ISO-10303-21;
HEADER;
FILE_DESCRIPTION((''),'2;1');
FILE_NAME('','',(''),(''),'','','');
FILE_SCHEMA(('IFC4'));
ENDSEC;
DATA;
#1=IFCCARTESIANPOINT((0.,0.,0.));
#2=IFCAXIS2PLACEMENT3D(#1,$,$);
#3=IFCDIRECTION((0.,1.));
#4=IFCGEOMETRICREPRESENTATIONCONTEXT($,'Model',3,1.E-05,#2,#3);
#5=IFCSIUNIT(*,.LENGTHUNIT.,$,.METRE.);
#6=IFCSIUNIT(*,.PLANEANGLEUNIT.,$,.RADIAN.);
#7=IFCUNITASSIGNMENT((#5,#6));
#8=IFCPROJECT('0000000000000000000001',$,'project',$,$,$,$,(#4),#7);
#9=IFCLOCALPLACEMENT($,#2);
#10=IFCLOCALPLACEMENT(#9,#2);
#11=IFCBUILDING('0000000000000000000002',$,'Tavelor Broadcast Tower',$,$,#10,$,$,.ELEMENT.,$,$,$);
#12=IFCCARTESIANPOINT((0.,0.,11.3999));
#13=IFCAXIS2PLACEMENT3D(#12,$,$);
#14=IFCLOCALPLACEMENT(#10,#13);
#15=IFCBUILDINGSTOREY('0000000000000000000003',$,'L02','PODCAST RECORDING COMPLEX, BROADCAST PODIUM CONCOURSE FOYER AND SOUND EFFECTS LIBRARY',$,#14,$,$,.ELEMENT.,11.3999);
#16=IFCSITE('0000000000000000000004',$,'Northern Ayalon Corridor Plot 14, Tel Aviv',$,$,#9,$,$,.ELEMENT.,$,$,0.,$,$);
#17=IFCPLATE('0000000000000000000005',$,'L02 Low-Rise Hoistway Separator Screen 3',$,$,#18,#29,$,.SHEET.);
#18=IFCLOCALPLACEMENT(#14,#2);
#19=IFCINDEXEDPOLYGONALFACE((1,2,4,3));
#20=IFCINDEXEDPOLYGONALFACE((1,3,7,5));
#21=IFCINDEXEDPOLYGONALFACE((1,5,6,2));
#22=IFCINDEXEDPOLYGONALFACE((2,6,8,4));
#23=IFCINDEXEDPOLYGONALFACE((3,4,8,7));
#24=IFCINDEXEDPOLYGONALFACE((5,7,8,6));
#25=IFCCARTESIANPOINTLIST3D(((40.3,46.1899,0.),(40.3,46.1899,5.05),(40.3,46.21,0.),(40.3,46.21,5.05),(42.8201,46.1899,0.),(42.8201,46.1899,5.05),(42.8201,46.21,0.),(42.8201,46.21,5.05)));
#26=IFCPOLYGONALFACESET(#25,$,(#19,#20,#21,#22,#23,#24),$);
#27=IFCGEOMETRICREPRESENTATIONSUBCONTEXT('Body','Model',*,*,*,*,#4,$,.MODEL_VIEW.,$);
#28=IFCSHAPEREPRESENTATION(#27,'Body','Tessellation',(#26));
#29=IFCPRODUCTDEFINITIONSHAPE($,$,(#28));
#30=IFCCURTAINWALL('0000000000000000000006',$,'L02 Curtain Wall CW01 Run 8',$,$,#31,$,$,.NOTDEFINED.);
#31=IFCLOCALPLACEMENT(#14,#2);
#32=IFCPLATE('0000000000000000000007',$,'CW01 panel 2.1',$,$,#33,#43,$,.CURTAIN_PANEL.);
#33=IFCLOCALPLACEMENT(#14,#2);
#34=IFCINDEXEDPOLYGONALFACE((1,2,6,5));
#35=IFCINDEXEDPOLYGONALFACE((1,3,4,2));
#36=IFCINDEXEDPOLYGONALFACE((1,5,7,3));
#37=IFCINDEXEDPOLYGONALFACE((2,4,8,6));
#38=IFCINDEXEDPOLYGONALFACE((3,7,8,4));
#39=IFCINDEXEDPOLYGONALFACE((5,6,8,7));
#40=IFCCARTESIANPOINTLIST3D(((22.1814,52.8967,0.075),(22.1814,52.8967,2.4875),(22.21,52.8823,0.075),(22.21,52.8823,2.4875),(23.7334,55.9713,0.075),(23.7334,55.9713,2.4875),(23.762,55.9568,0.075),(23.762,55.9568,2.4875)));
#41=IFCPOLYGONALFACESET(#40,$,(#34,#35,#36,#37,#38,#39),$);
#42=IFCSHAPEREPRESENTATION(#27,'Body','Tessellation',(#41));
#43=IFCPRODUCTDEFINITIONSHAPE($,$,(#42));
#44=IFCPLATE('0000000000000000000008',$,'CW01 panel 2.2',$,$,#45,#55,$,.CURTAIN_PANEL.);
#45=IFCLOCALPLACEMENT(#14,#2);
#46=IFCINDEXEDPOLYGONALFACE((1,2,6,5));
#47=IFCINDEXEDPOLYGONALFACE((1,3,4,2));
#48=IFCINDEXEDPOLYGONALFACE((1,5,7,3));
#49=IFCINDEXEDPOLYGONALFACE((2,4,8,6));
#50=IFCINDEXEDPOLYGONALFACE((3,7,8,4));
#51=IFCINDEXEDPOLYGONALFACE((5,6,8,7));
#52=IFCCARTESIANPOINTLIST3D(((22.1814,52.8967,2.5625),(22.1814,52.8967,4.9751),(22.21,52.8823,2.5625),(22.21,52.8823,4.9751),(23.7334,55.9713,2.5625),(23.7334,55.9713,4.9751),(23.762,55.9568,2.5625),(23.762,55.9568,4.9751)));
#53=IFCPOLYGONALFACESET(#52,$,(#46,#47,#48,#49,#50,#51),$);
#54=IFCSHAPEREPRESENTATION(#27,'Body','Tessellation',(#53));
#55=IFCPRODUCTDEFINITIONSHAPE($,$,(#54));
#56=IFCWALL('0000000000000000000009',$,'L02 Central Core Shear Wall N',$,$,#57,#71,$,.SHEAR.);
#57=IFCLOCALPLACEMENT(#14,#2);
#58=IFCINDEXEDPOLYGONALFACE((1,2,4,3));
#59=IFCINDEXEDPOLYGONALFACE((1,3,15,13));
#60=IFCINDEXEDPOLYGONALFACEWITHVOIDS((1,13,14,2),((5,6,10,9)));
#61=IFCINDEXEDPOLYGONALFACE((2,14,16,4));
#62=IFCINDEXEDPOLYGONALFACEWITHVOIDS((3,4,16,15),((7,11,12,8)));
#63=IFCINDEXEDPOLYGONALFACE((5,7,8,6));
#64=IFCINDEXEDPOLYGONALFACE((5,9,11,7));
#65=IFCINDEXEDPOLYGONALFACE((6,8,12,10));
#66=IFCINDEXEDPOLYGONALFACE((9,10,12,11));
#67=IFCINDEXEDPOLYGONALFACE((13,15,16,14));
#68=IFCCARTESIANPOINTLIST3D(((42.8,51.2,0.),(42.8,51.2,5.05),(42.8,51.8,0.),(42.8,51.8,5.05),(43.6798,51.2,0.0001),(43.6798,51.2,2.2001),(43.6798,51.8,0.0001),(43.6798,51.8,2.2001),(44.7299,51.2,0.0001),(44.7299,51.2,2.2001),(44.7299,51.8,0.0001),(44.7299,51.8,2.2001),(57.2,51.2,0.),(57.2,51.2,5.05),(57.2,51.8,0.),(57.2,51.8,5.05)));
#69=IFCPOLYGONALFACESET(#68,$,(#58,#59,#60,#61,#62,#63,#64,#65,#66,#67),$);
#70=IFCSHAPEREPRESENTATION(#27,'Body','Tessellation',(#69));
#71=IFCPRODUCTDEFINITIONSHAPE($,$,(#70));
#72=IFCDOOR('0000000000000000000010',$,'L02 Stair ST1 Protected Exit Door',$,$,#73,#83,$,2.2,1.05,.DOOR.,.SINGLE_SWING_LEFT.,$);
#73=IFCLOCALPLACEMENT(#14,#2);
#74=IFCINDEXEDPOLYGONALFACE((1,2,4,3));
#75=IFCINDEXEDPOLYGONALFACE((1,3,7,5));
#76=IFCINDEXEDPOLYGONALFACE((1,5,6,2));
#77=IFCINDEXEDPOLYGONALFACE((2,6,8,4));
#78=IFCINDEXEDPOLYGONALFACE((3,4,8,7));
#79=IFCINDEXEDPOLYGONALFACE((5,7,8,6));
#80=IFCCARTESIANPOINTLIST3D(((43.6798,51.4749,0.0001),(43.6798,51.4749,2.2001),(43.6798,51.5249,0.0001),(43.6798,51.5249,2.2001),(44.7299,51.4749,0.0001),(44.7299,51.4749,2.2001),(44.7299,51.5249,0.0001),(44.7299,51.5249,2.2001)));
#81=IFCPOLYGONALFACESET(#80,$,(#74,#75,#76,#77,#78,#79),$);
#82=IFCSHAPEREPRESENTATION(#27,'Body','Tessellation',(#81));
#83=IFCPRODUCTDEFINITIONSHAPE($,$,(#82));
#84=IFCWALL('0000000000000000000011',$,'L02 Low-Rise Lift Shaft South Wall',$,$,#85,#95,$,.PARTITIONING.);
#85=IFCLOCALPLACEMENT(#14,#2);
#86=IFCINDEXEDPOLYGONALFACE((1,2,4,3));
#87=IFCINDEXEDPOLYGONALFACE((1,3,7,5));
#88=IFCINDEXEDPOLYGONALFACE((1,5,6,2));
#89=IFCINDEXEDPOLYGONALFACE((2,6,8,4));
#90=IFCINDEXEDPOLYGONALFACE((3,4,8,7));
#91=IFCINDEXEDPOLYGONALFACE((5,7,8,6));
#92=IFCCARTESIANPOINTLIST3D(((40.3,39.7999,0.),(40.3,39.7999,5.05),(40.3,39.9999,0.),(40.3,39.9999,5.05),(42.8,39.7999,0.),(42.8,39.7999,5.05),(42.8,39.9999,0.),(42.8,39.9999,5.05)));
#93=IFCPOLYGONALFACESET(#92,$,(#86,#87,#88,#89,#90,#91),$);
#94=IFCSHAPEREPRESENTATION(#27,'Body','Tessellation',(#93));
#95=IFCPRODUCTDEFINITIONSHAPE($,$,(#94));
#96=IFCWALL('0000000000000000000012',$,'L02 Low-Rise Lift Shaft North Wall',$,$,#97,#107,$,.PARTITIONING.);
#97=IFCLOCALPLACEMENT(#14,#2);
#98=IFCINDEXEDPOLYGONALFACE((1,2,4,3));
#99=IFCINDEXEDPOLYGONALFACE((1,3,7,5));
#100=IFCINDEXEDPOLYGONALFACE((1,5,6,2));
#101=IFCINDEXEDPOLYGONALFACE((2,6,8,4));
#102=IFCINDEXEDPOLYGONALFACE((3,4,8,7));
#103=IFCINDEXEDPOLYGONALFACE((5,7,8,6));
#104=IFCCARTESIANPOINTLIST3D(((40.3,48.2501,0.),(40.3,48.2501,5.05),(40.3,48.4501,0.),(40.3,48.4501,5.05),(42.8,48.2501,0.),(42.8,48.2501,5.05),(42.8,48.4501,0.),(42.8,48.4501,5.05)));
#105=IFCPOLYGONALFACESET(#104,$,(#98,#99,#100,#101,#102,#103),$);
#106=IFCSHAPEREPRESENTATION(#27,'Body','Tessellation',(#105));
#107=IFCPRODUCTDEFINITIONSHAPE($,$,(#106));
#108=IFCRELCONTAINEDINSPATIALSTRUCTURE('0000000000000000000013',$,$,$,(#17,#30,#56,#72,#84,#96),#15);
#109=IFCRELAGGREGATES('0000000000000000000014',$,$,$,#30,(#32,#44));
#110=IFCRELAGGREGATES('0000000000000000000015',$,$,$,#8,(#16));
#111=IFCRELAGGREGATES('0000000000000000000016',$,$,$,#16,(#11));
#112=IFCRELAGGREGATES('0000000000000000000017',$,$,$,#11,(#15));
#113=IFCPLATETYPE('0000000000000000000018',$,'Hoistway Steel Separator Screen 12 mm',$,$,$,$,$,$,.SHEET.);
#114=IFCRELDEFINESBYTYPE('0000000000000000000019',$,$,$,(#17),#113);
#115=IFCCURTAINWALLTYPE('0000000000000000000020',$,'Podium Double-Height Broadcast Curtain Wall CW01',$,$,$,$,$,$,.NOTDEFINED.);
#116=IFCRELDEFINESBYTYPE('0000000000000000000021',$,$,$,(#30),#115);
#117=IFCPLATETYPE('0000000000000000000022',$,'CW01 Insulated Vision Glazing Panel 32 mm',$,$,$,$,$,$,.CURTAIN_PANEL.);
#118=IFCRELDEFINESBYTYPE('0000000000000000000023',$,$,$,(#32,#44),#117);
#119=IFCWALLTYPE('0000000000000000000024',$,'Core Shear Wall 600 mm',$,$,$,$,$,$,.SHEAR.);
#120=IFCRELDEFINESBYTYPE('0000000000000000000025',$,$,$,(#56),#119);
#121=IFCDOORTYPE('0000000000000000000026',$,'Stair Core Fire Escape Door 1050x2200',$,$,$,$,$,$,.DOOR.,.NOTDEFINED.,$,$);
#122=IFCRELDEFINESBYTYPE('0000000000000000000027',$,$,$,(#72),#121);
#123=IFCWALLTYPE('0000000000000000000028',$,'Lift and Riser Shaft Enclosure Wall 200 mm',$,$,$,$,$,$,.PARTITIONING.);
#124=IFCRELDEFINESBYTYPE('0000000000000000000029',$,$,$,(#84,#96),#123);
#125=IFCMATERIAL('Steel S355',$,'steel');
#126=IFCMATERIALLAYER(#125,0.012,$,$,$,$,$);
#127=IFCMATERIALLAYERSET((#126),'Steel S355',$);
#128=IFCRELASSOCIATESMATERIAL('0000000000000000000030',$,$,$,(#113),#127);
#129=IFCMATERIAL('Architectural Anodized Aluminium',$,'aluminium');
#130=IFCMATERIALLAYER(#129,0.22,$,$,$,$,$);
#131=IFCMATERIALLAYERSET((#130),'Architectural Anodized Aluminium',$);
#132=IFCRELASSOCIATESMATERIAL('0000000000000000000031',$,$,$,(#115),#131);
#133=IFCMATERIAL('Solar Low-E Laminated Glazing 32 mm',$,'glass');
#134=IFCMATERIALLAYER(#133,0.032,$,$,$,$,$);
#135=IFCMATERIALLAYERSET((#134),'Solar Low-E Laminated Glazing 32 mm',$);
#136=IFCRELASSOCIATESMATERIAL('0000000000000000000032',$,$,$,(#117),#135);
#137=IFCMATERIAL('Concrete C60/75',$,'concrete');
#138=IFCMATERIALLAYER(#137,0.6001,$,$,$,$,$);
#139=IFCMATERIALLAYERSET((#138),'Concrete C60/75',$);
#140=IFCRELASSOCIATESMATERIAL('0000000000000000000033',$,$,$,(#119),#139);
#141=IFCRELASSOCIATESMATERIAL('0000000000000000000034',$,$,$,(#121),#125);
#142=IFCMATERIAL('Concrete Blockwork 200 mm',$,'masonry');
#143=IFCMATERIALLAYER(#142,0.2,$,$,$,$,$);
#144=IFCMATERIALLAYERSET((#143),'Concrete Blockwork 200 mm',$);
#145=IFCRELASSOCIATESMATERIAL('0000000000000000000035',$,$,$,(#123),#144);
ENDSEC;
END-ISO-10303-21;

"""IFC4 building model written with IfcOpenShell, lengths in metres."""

from ifc_helpers import new_model, si_unit, direction, frame, frame_2d, origin, origin_2d, place, context, subcontext, project, spatial, rectangle, extrude, source, transform, mapped, material, layer, layer_set, type_object, type_shapes, element, fill, aggregate, save


model = new_model("IFC4")

# Units and contexts
model_context = context("Model", 3, precision=1e-05, world=origin(), true_north=direction((0.0, 1.0)))
body_context = subcontext(model_context, "Body", "Model", "MODEL_VIEW")
ifc_project = project(units=[si_unit("LENGTHUNIT", "METRE"), si_unit("PLANEANGLEUNIT", "RADIAN")], contexts=[model_context])

# Site, building, storey
site_placement = place(None, origin())
site = spatial("IfcSite", under=ifc_project, at=site_placement, Name="Northern Ayalon Corridor Plot 14, Tel Aviv", CompositionType="ELEMENT", RefElevation=0.0)
building_placement = place(site_placement, origin())
building = spatial("IfcBuilding", under=site, at=building_placement, Name="Tavelor Broadcast Tower", CompositionType="ELEMENT")
storey_placement = place(building_placement, frame((0.0, 0.0, 11.3999)))
storey = spatial("IfcBuildingStorey", under=building, at=storey_placement, Name="L02", Description="PODCAST RECORDING COMPLEX, BROADCAST PODIUM CONCOURSE FOYER AND SOUND EFFECTS LIBRARY", CompositionType="ELEMENT", Elevation=11.3999)

# Shared definitions
ifc_material_1 = material(Name="Concrete C60/75", Category="concrete")

# Shared definitions
ifc_material_2 = material(Name="Steel S355", Category="steel")

# Plate
ifc_layer_1 = layer(ifc_material_2, 0.012)
ifc_layer_set_1 = layer_set([ifc_layer_1], Name="Steel S355")
plate_type_1 = type_object("IfcPlateType", Name="Hoistway Steel Separator Screen 12 mm", PredefinedType="SHEET", material=ifc_layer_set_1)
shared_shape_1 = source(origin(), body_context, "Body", "SweptSolid", [
    extrude(rectangle(XDim=2.52, YDim=0.02, at=origin_2d()), origin(), (0.0, 0.0, 1.0), 5.05),
])
type_shapes(plate_type_1, [shared_shape_1])
for number, where, z_axis, x_axis, name in (
    (1, (41.5601, 46.2, 0.0), (0.0, 0.0, 1.0), (1.0, 0.0, 0.0), "L02 Low-Rise Hoistway Separator Screen 3"),
):
    element("IfcPlate", number, at=place(storey_placement, frame(where, z_axis=z_axis, x_axis=x_axis)), inside=storey, type_object=plate_type_1, Name=name, PredefinedType="SHEET", context=body_context, shape_type="MappedRepresentation", body=[
        mapped(shared_shape_1, transform((0.0, 0.0, 0.0), scale=1.0)),
    ])

# Curtain wall, plates
ifc_material_3 = material(Name="Architectural Anodized Aluminium", Category="aluminium")
ifc_layer_2 = layer(ifc_material_3, 0.22)
ifc_layer_set_2 = layer_set([ifc_layer_2], Name="Architectural Anodized Aluminium")
curtain_wall_type = type_object("IfcCurtainWallType", Name="Podium Double-Height Broadcast Curtain Wall CW01", PredefinedType="NOTDEFINED", material=ifc_layer_set_2)
curtain_wall_placement = place(storey_placement, origin())
curtain_wall = element("IfcCurtainWall", 2, at=curtain_wall_placement, inside=storey, type_object=curtain_wall_type, Name="L02 Curtain Wall CW01 Run 8", PredefinedType="NOTDEFINED")
ifc_material_4 = material(Name="Solar Low-E Laminated Glazing 32 mm", Category="glass")
ifc_layer_3 = layer(ifc_material_4, 0.032)
ifc_layer_set_3 = layer_set([ifc_layer_3], Name="Solar Low-E Laminated Glazing 32 mm")
plate_type_2 = type_object("IfcPlateType", Name="CW01 Insulated Vision Glazing Panel 32 mm", PredefinedType="CURTAIN_PANEL", material=ifc_layer_set_3)
shared_shape_2 = source(origin(), body_context, "Body", "SweptSolid", [
    extrude(rectangle(XDim=3.4441, YDim=0.032, at=origin_2d()), origin(), (0.0, 0.0, 1.0), 2.4126),
])
type_shapes(plate_type_2, [shared_shape_2])
plate_1_placement = place(storey_placement, frame((22.9717, 54.4268, 0.075), z_axis=(0.0, 0.0, 1.0), x_axis=(-0.450624, -0.892714, 0.0)))
plate_1 = element("IfcPlate", 3, at=plate_1_placement, type_object=plate_type_2, Name="CW01 panel 2.1", PredefinedType="CURTAIN_PANEL", context=body_context, shape_type="MappedRepresentation", body=[
    mapped(shared_shape_2, transform((0.0, 0.0, 0.0), scale=1.0)),
])
plate_2_placement = place(storey_placement, frame((22.9717, 54.4268, 2.5625), z_axis=(0.0, 0.0, 1.0), x_axis=(-0.450624, -0.892714, 0.0)))
plate_2 = element("IfcPlate", 4, at=plate_2_placement, type_object=plate_type_2, Name="CW01 panel 2.2", PredefinedType="CURTAIN_PANEL", context=body_context, shape_type="MappedRepresentation", body=[
    mapped(shared_shape_2, transform((0.0, 0.0, 0.0), scale=1.0)),
])
aggregate(curtain_wall, [plate_1, plate_2])

# Wall, opening, door
ifc_layer_4 = layer(ifc_material_1, 0.6001)
ifc_layer_set_4 = layer_set([ifc_layer_4], Name="Concrete C60/75")
wall_type_1 = type_object("IfcWallType", Name="Core Shear Wall 600 mm", PredefinedType="SHEAR", material=ifc_layer_set_4)
wall_1_placement = place(storey_placement, frame((42.8, 51.5, 0.0), z_axis=(0.0, 0.0, 1.0), x_axis=(1.0, 0.0, 0.0)))
wall_1 = element("IfcWall", 5, at=wall_1_placement, inside=storey, type_object=wall_type_1, Name="L02 Central Core Shear Wall N", PredefinedType="SHEAR", context=body_context, shape_type="SweptSolid", body=[
    extrude(rectangle(XDim=14.3999, YDim=0.6001, at=frame_2d((7.2, 0.0))), origin(), (0.0, 0.0, 1.0), 5.05),
])
opening_1_placement = place(wall_1_placement, frame((0.8799, 0.0, 0.0)))
opening_1 = element("IfcOpeningElement", 6, at=opening_1_placement, cuts=wall_1, PredefinedType="OPENING", context=body_context, shape_type="SweptSolid", body=[
    extrude(rectangle(XDim=1.05, YDim=2.2, at=frame_2d((0.5249, 1.1001))), frame((0.0, 0.3101, 0.0), z_axis=(0.0, -1.0, 0.0), x_axis=(1.0, 0.0, 0.0)), (0.0, 0.0, 1.0), 0.6201),
])
door_type_1 = type_object("IfcDoorType", Name="Stair Core Fire Escape Door 1050x2200", OperationType="NOTDEFINED", PredefinedType="DOOR", material=ifc_material_2)
door_1_placement = place(opening_1_placement, origin())
door_1 = element("IfcDoor", 7, at=door_1_placement, inside=storey, type_object=door_type_1, Name="L02 Stair ST1 Protected Exit Door", OperationType="SINGLE_SWING_LEFT", OverallHeight=2.2, OverallWidth=1.05, PredefinedType="DOOR", context=body_context, shape_type="SweptSolid", body=[
    extrude(rectangle(XDim=1.05, YDim=2.2, at=frame_2d((0.5249, 1.1001))), frame((0.0, 0.0249, 0.0), z_axis=(0.0, -1.0, 0.0), x_axis=(1.0, 0.0, 0.0)), (0.0, 0.0, 1.0), 0.05),
])
fill(opening_1, door_1)

# Shared definitions
ifc_material_5 = material(Name="Concrete Blockwork 200 mm", Category="masonry")

# Walls
ifc_layer_5 = layer(ifc_material_5, 0.2)
ifc_layer_set_5 = layer_set([ifc_layer_5], Name="Concrete Blockwork 200 mm")
wall_type_2 = type_object("IfcWallType", Name="Lift and Riser Shaft Enclosure Wall 200 mm", PredefinedType="PARTITIONING", material=ifc_layer_set_5)
for number, where, z_axis, x_axis, name in (
    (8, (40.3, 39.8999, 0.0), (0.0, 0.0, 1.0), (1.0, 0.0, 0.0), "L02 Low-Rise Lift Shaft South Wall"),
    (9, (40.3, 48.3501, 0.0), (0.0, 0.0, 1.0), (1.0, 0.0, 0.0), "L02 Low-Rise Lift Shaft North Wall"),
):
    element("IfcWall", number, at=place(storey_placement, frame(where, z_axis=z_axis, x_axis=x_axis)), inside=storey, type_object=wall_type_2, Name=name, PredefinedType="PARTITIONING", context=body_context, shape_type="SweptSolid", body=[
        extrude(rectangle(XDim=2.5, YDim=0.2, at=frame_2d((1.25, 0.0))), origin(), (0.0, 0.0, 1.0), 5.05),
    ])

save(model, "model.ifc")
